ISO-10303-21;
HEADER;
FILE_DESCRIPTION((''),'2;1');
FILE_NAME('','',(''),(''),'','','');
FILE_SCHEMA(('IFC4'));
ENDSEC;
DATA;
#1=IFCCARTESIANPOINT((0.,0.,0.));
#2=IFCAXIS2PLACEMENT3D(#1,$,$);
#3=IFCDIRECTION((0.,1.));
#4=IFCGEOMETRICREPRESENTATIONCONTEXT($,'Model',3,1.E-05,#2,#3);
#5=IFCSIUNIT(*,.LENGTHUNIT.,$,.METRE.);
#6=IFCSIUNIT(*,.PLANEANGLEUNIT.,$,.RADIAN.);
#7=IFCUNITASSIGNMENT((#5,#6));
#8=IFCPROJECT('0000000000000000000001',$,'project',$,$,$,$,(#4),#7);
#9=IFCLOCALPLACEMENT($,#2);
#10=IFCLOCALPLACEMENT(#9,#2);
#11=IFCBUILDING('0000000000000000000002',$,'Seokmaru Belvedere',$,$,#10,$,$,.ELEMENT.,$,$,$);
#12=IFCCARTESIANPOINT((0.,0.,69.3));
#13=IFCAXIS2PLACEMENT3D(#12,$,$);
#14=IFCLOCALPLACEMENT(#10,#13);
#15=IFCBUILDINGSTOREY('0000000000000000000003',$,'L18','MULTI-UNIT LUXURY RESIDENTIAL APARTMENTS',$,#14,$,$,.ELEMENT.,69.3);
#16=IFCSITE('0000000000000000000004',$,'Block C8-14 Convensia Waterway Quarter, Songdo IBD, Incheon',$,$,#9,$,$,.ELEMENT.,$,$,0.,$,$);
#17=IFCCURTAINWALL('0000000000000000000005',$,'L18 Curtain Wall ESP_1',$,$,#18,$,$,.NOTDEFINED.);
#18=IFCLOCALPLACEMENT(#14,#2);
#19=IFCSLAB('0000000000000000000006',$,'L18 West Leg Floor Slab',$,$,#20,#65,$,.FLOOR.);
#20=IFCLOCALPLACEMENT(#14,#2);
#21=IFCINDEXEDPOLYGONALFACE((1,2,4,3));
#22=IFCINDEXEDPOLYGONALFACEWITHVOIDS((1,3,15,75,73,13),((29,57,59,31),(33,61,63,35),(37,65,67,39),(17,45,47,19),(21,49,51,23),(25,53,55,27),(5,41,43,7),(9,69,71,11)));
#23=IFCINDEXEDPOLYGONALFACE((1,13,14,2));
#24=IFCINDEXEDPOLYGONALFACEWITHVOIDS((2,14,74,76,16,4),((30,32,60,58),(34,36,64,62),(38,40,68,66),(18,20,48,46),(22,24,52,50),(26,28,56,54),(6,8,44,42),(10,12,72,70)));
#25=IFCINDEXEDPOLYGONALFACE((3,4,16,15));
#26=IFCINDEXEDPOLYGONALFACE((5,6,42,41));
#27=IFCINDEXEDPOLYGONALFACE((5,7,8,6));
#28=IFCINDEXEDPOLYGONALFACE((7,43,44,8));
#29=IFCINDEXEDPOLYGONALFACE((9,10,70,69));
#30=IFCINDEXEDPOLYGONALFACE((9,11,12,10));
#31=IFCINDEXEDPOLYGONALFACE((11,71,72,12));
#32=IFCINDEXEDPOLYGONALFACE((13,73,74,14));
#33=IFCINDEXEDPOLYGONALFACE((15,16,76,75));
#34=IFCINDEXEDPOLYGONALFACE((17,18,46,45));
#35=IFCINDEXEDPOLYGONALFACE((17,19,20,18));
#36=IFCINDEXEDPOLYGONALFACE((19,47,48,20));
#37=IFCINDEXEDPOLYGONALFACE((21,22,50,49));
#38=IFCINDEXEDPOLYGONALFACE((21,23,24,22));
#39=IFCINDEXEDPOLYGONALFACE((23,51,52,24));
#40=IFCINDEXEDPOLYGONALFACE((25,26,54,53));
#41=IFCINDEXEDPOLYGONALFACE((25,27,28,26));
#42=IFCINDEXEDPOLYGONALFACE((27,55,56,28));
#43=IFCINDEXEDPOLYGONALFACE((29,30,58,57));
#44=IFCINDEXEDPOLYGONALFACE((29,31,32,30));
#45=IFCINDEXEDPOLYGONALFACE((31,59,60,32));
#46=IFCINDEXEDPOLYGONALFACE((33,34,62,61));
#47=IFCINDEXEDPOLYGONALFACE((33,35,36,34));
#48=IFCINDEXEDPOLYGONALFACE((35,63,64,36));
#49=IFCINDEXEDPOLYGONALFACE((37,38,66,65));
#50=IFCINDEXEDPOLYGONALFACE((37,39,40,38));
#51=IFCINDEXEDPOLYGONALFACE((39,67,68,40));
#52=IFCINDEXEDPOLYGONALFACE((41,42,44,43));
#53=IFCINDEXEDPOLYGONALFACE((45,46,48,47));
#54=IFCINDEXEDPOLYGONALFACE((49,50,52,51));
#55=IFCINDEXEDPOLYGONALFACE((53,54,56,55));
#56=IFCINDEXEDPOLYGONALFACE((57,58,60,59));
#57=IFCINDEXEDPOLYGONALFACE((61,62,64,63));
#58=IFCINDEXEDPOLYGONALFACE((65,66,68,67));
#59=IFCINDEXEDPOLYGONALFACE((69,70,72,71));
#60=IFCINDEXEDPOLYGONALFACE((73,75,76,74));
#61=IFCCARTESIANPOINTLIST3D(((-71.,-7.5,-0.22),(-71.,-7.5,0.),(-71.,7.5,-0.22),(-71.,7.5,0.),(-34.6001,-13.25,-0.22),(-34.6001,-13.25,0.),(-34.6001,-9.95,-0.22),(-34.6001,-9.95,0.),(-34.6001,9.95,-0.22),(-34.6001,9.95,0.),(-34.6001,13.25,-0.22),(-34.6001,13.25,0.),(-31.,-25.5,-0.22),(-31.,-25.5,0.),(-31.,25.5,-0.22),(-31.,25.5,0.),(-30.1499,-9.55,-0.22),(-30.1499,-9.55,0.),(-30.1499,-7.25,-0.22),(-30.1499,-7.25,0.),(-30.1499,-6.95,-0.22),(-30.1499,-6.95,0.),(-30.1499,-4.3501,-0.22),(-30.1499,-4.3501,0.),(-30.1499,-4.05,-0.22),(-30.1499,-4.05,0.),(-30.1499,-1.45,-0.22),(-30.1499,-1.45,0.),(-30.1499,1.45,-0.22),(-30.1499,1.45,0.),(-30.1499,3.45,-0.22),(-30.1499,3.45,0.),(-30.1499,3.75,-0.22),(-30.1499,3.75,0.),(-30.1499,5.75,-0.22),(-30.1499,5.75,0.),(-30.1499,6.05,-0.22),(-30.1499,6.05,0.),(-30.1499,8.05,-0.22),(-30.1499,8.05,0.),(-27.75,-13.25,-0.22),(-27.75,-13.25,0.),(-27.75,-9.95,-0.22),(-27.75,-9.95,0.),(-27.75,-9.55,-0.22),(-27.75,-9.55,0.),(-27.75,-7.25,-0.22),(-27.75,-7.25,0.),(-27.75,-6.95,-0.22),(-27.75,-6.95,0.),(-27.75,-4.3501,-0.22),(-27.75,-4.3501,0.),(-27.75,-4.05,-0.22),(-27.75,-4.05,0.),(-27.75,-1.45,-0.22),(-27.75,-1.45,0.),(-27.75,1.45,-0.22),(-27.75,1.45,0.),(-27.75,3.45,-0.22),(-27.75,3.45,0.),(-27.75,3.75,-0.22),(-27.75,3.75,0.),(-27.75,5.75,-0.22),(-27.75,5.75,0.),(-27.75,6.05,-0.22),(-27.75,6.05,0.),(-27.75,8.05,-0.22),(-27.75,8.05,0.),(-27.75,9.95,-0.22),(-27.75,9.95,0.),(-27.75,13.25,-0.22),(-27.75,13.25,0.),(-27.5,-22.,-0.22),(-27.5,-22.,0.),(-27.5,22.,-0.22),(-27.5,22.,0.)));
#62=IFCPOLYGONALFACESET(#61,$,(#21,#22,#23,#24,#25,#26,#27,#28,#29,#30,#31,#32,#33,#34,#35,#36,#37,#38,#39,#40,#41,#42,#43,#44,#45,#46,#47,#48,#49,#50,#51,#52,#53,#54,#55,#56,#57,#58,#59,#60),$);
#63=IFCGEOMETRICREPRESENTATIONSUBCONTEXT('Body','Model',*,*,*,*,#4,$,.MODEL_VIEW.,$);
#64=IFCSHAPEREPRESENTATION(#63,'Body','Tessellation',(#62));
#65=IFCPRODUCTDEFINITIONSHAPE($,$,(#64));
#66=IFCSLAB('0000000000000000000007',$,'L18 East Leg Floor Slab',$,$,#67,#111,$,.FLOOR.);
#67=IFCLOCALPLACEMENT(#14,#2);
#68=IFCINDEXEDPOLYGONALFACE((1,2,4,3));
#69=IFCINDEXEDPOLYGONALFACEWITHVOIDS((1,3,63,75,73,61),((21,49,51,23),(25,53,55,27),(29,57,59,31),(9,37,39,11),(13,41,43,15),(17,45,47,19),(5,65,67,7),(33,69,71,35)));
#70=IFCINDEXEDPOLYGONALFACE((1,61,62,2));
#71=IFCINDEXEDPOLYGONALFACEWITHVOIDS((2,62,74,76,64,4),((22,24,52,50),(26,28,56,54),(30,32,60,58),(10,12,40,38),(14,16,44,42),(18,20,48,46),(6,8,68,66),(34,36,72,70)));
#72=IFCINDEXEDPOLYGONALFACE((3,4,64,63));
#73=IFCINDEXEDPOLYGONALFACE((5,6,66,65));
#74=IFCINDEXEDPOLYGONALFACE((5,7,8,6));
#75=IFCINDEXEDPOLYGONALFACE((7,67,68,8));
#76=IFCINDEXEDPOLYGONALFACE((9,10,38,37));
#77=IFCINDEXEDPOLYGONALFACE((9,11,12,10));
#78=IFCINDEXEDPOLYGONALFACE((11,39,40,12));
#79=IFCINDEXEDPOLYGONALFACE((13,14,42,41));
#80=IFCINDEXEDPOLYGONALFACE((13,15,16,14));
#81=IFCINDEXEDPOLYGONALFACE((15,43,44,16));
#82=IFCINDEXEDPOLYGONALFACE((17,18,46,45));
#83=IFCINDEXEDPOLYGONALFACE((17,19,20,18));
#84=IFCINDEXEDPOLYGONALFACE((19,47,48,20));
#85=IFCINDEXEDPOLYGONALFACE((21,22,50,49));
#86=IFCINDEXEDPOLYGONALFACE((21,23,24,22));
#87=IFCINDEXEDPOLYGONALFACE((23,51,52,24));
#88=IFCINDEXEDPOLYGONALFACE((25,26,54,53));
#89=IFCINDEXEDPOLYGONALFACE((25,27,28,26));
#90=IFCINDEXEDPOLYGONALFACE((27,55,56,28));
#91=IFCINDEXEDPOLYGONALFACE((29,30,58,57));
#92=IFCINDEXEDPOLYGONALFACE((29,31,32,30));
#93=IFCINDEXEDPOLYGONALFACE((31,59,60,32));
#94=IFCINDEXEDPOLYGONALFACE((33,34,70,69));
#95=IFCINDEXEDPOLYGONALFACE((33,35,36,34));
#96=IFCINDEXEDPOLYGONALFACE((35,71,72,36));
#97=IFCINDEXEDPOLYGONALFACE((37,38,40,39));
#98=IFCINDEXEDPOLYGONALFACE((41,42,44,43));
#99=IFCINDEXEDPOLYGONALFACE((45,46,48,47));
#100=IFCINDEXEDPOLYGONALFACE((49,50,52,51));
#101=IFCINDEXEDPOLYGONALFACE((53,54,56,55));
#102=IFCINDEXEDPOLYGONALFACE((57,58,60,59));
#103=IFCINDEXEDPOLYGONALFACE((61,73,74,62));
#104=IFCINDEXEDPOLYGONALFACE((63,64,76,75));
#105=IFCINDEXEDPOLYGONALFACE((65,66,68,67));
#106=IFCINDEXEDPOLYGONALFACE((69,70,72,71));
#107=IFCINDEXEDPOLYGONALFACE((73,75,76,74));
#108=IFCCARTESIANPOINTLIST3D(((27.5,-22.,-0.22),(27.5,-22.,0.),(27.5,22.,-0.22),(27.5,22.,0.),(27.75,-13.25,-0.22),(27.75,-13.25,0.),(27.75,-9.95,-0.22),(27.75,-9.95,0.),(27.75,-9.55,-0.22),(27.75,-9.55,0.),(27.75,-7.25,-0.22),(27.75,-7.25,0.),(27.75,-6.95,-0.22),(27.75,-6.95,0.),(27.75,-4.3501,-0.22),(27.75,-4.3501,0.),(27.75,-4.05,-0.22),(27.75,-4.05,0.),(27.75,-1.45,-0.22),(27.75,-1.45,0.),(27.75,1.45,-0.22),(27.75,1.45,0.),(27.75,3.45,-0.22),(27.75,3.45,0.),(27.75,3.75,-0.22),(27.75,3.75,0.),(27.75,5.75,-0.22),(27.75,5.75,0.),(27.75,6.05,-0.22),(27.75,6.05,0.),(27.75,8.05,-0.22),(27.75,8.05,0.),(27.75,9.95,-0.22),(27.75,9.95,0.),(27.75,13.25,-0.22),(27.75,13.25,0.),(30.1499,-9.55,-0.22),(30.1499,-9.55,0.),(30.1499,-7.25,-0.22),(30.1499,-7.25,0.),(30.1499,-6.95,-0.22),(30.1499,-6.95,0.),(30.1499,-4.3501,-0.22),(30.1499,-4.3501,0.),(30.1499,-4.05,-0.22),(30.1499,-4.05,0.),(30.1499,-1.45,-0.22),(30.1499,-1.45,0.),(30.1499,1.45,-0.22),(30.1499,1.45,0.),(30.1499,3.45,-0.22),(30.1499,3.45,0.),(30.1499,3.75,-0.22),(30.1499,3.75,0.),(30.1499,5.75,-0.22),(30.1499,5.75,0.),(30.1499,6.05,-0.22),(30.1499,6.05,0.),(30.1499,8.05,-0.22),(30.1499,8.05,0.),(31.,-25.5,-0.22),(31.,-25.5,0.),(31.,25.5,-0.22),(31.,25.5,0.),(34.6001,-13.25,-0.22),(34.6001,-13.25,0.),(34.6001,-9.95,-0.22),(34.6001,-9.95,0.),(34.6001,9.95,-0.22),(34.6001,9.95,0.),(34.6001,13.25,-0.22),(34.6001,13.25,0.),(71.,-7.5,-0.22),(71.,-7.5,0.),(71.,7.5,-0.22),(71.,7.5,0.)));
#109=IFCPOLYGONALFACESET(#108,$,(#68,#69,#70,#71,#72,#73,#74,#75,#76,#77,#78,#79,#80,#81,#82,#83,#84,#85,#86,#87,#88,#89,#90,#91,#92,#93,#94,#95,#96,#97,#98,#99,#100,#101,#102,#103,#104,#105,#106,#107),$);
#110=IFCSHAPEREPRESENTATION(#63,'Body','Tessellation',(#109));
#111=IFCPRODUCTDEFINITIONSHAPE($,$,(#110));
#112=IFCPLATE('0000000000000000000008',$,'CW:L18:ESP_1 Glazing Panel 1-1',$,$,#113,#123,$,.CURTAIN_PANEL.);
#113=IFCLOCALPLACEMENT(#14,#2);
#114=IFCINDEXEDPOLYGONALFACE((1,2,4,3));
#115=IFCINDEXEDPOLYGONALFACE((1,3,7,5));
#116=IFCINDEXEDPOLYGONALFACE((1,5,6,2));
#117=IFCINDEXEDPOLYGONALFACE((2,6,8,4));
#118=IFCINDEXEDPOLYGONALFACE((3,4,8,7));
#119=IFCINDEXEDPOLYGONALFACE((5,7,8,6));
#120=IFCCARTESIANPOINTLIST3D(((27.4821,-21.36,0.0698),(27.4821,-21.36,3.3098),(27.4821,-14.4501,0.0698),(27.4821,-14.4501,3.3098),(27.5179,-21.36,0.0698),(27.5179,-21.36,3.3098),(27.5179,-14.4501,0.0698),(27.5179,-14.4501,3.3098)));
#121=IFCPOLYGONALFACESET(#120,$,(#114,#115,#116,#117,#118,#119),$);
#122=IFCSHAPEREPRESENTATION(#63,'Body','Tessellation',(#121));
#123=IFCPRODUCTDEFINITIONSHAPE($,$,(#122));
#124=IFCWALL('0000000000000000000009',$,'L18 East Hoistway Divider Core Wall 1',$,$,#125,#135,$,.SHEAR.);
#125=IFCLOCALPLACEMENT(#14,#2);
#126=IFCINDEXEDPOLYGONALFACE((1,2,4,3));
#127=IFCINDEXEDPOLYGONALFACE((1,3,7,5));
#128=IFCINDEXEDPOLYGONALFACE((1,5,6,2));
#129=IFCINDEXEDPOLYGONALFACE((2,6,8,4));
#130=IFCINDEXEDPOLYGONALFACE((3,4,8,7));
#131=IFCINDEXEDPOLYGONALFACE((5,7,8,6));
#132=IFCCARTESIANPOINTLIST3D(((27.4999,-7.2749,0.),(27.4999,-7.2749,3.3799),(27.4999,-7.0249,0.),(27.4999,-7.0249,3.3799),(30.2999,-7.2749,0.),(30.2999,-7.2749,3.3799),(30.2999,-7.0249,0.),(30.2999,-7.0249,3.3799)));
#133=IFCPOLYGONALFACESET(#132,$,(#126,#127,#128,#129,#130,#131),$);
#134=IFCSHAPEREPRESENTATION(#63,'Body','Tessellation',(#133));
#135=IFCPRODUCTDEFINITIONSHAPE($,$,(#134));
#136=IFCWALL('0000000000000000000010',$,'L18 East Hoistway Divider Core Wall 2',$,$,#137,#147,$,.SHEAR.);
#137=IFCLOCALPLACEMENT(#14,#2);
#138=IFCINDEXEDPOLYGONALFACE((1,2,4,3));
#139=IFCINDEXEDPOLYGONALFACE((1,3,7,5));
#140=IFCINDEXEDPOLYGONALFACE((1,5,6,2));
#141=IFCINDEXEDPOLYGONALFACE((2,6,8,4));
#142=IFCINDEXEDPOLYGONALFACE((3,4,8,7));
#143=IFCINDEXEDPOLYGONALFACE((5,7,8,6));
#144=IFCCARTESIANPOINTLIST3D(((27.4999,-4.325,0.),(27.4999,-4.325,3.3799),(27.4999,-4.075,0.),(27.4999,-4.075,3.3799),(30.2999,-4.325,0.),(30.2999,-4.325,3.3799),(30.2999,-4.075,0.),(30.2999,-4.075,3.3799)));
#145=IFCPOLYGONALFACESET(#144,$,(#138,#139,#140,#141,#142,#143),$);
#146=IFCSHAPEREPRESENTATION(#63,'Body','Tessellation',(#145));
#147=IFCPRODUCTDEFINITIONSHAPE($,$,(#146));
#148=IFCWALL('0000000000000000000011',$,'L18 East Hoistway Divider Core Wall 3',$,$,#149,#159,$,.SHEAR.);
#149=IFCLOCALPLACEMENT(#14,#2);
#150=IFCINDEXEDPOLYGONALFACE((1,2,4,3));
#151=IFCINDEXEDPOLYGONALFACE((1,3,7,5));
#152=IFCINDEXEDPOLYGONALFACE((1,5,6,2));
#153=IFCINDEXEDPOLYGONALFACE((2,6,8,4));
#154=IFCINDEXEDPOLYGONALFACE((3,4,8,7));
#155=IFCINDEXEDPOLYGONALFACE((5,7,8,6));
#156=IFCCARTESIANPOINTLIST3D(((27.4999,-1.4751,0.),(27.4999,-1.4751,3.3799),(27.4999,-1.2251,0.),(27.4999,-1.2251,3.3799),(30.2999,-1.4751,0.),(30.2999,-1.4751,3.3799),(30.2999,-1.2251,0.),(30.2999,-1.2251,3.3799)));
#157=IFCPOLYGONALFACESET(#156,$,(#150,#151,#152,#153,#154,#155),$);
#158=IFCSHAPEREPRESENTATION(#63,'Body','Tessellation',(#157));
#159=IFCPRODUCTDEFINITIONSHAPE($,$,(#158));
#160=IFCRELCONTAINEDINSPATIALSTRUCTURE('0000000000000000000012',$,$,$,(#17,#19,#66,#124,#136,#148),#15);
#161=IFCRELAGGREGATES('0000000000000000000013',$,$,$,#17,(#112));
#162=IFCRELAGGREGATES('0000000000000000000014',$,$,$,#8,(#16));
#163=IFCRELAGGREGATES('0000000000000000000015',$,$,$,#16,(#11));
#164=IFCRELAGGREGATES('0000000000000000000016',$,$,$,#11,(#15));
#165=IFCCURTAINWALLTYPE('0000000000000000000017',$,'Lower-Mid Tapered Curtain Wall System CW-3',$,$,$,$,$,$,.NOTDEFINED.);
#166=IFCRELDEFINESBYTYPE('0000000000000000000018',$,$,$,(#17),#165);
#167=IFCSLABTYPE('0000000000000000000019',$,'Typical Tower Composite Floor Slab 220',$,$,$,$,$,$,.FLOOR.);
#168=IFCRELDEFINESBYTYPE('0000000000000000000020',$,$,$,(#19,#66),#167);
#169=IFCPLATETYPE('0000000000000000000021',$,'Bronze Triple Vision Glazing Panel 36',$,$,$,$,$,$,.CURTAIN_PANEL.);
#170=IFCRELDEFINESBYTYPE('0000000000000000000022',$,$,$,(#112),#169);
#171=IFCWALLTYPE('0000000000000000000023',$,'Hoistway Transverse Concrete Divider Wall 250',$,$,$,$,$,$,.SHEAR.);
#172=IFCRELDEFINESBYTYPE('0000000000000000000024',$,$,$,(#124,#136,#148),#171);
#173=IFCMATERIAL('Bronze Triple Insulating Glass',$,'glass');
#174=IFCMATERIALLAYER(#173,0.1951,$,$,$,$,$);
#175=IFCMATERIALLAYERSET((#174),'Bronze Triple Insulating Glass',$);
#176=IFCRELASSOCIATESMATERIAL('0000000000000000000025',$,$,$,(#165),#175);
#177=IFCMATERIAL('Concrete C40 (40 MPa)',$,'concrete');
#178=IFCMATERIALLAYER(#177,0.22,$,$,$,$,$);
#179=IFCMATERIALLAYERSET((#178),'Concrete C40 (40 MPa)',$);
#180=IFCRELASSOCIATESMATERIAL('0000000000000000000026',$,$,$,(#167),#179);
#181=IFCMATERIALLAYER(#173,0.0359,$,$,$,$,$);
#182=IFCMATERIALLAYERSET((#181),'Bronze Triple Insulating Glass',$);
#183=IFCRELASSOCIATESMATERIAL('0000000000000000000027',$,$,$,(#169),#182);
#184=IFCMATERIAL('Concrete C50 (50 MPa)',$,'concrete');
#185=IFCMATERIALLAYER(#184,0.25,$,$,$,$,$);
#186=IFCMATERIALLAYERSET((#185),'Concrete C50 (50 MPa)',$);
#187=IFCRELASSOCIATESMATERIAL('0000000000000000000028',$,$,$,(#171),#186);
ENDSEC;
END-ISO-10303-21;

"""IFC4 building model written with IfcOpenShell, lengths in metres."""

from ifc_helpers import new_model, si_unit, direction, frame, frame_2d, origin, origin_2d, place, context, subcontext, project, spatial, polyline, rectangle, outline, extrude, source, transform, mapped, material, layer, layer_set, type_object, type_shapes, element, aggregate, save


model = new_model("IFC4")

# Units and contexts
model_context = context("Model", 3, precision=1e-05, world=origin(), true_north=direction((0.0, 1.0)))
body_context = subcontext(model_context, "Body", "Model", "MODEL_VIEW")
ifc_project = project(units=[si_unit("LENGTHUNIT", "METRE"), si_unit("PLANEANGLEUNIT", "RADIAN")], contexts=[model_context])

# Site, building, storey
site_placement = place(None, origin())
site = spatial("IfcSite", under=ifc_project, at=site_placement, Name="Block C8-14 Convensia Waterway Quarter, Songdo IBD, Incheon", CompositionType="ELEMENT", RefElevation=0.0)
building_placement = place(site_placement, origin())
building = spatial("IfcBuilding", under=site, at=building_placement, Name="Seokmaru Belvedere", CompositionType="ELEMENT")
storey_placement = place(building_placement, frame((0.0, 0.0, 69.3)))
storey = spatial("IfcBuildingStorey", under=building, at=storey_placement, Name="L18", Description="MULTI-UNIT LUXURY RESIDENTIAL APARTMENTS", CompositionType="ELEMENT", Elevation=69.3)

# Curtain wall
ifc_material_1 = material(Name="Bronze Triple Insulating Glass", Category="glass")
ifc_layer_1 = layer(ifc_material_1, 0.1951)
ifc_layer_set_1 = layer_set([ifc_layer_1], Name="Bronze Triple Insulating Glass")
curtain_wall_type = type_object("IfcCurtainWallType", Name="Lower-Mid Tapered Curtain Wall System CW-3", PredefinedType="NOTDEFINED", material=ifc_layer_set_1)
curtain_wall_1_placement = place(storey_placement, origin())
curtain_wall_1 = element("IfcCurtainWall", 1, at=curtain_wall_1_placement, inside=storey, type_object=curtain_wall_type, Name="L18 Curtain Wall ESP_1", PredefinedType="NOTDEFINED")

# Shared definitions
ifc_material_2 = material(Name="Concrete C40 (40 MPa)", Category="concrete")

# Slabs
ifc_layer_2 = layer(ifc_material_2, 0.22)
ifc_layer_set_2 = layer_set([ifc_layer_2], Name="Concrete C40 (40 MPa)")
slab_type_1 = type_object("IfcSlabType", Name="Typical Tower Composite Floor Slab 220", PredefinedType="FLOOR", material=ifc_layer_set_2)
slab_1_placement = place(storey_placement, frame((0.0, 0.0, -0.22)))
element("IfcSlab", 2, at=slab_1_placement, inside=storey, type_object=slab_type_1, Name="L18 West Leg Floor Slab", PredefinedType="FLOOR", context=body_context, shape_type="SweptSolid", body=[
    extrude(outline(polyline([(-27.5, -22.0), (-27.5, 22.0), (-31.0, 25.5), (-71.0, 7.5), (-71.0, -7.5), (-31.0, -25.5), (-27.5, -22.0)]), holes=[polyline([(-34.6001, -13.25), (-27.75, -13.25), (-27.75, -9.95), (-34.6001, -9.95), (-34.6001, -13.25)]), polyline([(-34.6001, 9.95), (-27.75, 9.95), (-27.75, 13.25), (-34.6001, 13.25), (-34.6001, 9.95)]), polyline([(-30.1499, -9.55), (-27.75, -9.55), (-27.75, -7.25), (-30.1499, -7.25), (-30.1499, -9.55)]), polyline([(-30.1499, -6.95), (-27.75, -6.95), (-27.75, -4.3501), (-30.1499, -4.3501), (-30.1499, -6.95)]), polyline([(-30.1499, -4.05), (-27.75, -4.05), (-27.75, -1.45), (-30.1499, -1.45), (-30.1499, -4.05)]), polyline([(-30.1499, 1.45), (-27.75, 1.45), (-27.75, 3.45), (-30.1499, 3.45), (-30.1499, 1.45)]), polyline([(-30.1499, 3.75), (-27.75, 3.75), (-27.75, 5.75), (-30.1499, 5.75), (-30.1499, 3.75)]), polyline([(-30.1499, 6.05), (-27.75, 6.05), (-27.75, 8.05), (-30.1499, 8.05), (-30.1499, 6.05)])]), origin(), (0.0, 0.0, 1.0), 0.22),
])
slab_2_placement = place(storey_placement, frame((0.0, 0.0, -0.22)))
element("IfcSlab", 3, at=slab_2_placement, inside=storey, type_object=slab_type_1, Name="L18 East Leg Floor Slab", PredefinedType="FLOOR", context=body_context, shape_type="SweptSolid", body=[
    extrude(outline(polyline([(31.0, -25.5), (71.0, -7.5), (71.0, 7.5), (31.0, 25.5), (27.5, 22.0), (27.5, -22.0), (31.0, -25.5)]), holes=[polyline([(27.75, -13.25), (34.6001, -13.25), (34.6001, -9.95), (27.75, -9.95), (27.75, -13.25)]), polyline([(27.75, 9.95), (34.6001, 9.95), (34.6001, 13.25), (27.75, 13.25), (27.75, 9.95)]), polyline([(27.75, -9.55), (30.1499, -9.55), (30.1499, -7.25), (27.75, -7.25), (27.75, -9.55)]), polyline([(27.75, -6.95), (30.1499, -6.95), (30.1499, -4.3501), (27.75, -4.3501), (27.75, -6.95)]), polyline([(27.75, -4.05), (30.1499, -4.05), (30.1499, -1.45), (27.75, -1.45), (27.75, -4.05)]), polyline([(27.75, 1.45), (30.1499, 1.45), (30.1499, 3.45), (27.75, 3.45), (27.75, 1.45)]), polyline([(27.75, 3.75), (30.1499, 3.75), (30.1499, 5.75), (27.75, 5.75), (27.75, 3.75)]), polyline([(27.75, 6.05), (30.1499, 6.05), (30.1499, 8.05), (27.75, 8.05), (27.75, 6.05)])]), origin(), (0.0, 0.0, 1.0), 0.22),
])

# Plate
ifc_layer_3 = layer(ifc_material_1, 0.0359)
ifc_layer_set_3 = layer_set([ifc_layer_3], Name="Bronze Triple Insulating Glass")
plate_type = type_object("IfcPlateType", Name="Bronze Triple Vision Glazing Panel 36", PredefinedType="CURTAIN_PANEL", material=ifc_layer_set_3)
shared_shape_1 = source(origin(), body_context, "Body", "SweptSolid", [
    extrude(rectangle(XDim=6.9099, YDim=0.0359, at=origin_2d()), origin(), (0.0, 0.0, 1.0), 3.24),
])
type_shapes(plate_type, [shared_shape_1])
plate_placement = place(storey_placement, frame((27.5, -17.905, 0.0698), z_axis=(0.0, 0.0, 1.0), x_axis=(0.0, -1.0, 0.0)))
plate = element("IfcPlate", 4, at=plate_placement, type_object=plate_type, Name="CW:L18:ESP_1 Glazing Panel 1-1", PredefinedType="CURTAIN_PANEL", context=body_context, shape_type="MappedRepresentation", body=[
    mapped(shared_shape_1, transform((0.0, 0.0, 0.0), scale=1.0)),
])
aggregate(curtain_wall_1, [plate])

# Walls
ifc_material_3 = material(Name="Concrete C50 (50 MPa)", Category="concrete")
ifc_layer_4 = layer(ifc_material_3, 0.25)
ifc_layer_set_4 = layer_set([ifc_layer_4], Name="Concrete C50 (50 MPa)")
wall_type_1 = type_object("IfcWallType", Name="Hoistway Transverse Concrete Divider Wall 250", PredefinedType="SHEAR", material=ifc_layer_set_4)
for number, where, z_axis, x_axis, name in (
    (5, (27.5, -7.1499, 0.0), (0.0, 0.0, 1.0), (1.0, 0.0, 0.0), "L18 East Hoistway Divider Core Wall 1"),
    (6, (27.5, -4.2, 0.0), (0.0, 0.0, 1.0), (1.0, 0.0, 0.0), "L18 East Hoistway Divider Core Wall 2"),
    (7, (27.5, -1.3501, 0.0), (0.0, 0.0, 1.0), (1.0, 0.0, 0.0), "L18 East Hoistway Divider Core Wall 3"),
):
    element("IfcWall", number, at=place(storey_placement, frame(where, z_axis=z_axis, x_axis=x_axis)), inside=storey, type_object=wall_type_1, Name=name, PredefinedType="SHEAR", context=body_context, shape_type="SweptSolid", body=[
        extrude(rectangle(XDim=2.8, YDim=0.25, at=frame_2d((1.3999, 0.0))), origin(), (0.0, 0.0, 1.0), 3.3799),
    ])

save(model, "model.ifc")
